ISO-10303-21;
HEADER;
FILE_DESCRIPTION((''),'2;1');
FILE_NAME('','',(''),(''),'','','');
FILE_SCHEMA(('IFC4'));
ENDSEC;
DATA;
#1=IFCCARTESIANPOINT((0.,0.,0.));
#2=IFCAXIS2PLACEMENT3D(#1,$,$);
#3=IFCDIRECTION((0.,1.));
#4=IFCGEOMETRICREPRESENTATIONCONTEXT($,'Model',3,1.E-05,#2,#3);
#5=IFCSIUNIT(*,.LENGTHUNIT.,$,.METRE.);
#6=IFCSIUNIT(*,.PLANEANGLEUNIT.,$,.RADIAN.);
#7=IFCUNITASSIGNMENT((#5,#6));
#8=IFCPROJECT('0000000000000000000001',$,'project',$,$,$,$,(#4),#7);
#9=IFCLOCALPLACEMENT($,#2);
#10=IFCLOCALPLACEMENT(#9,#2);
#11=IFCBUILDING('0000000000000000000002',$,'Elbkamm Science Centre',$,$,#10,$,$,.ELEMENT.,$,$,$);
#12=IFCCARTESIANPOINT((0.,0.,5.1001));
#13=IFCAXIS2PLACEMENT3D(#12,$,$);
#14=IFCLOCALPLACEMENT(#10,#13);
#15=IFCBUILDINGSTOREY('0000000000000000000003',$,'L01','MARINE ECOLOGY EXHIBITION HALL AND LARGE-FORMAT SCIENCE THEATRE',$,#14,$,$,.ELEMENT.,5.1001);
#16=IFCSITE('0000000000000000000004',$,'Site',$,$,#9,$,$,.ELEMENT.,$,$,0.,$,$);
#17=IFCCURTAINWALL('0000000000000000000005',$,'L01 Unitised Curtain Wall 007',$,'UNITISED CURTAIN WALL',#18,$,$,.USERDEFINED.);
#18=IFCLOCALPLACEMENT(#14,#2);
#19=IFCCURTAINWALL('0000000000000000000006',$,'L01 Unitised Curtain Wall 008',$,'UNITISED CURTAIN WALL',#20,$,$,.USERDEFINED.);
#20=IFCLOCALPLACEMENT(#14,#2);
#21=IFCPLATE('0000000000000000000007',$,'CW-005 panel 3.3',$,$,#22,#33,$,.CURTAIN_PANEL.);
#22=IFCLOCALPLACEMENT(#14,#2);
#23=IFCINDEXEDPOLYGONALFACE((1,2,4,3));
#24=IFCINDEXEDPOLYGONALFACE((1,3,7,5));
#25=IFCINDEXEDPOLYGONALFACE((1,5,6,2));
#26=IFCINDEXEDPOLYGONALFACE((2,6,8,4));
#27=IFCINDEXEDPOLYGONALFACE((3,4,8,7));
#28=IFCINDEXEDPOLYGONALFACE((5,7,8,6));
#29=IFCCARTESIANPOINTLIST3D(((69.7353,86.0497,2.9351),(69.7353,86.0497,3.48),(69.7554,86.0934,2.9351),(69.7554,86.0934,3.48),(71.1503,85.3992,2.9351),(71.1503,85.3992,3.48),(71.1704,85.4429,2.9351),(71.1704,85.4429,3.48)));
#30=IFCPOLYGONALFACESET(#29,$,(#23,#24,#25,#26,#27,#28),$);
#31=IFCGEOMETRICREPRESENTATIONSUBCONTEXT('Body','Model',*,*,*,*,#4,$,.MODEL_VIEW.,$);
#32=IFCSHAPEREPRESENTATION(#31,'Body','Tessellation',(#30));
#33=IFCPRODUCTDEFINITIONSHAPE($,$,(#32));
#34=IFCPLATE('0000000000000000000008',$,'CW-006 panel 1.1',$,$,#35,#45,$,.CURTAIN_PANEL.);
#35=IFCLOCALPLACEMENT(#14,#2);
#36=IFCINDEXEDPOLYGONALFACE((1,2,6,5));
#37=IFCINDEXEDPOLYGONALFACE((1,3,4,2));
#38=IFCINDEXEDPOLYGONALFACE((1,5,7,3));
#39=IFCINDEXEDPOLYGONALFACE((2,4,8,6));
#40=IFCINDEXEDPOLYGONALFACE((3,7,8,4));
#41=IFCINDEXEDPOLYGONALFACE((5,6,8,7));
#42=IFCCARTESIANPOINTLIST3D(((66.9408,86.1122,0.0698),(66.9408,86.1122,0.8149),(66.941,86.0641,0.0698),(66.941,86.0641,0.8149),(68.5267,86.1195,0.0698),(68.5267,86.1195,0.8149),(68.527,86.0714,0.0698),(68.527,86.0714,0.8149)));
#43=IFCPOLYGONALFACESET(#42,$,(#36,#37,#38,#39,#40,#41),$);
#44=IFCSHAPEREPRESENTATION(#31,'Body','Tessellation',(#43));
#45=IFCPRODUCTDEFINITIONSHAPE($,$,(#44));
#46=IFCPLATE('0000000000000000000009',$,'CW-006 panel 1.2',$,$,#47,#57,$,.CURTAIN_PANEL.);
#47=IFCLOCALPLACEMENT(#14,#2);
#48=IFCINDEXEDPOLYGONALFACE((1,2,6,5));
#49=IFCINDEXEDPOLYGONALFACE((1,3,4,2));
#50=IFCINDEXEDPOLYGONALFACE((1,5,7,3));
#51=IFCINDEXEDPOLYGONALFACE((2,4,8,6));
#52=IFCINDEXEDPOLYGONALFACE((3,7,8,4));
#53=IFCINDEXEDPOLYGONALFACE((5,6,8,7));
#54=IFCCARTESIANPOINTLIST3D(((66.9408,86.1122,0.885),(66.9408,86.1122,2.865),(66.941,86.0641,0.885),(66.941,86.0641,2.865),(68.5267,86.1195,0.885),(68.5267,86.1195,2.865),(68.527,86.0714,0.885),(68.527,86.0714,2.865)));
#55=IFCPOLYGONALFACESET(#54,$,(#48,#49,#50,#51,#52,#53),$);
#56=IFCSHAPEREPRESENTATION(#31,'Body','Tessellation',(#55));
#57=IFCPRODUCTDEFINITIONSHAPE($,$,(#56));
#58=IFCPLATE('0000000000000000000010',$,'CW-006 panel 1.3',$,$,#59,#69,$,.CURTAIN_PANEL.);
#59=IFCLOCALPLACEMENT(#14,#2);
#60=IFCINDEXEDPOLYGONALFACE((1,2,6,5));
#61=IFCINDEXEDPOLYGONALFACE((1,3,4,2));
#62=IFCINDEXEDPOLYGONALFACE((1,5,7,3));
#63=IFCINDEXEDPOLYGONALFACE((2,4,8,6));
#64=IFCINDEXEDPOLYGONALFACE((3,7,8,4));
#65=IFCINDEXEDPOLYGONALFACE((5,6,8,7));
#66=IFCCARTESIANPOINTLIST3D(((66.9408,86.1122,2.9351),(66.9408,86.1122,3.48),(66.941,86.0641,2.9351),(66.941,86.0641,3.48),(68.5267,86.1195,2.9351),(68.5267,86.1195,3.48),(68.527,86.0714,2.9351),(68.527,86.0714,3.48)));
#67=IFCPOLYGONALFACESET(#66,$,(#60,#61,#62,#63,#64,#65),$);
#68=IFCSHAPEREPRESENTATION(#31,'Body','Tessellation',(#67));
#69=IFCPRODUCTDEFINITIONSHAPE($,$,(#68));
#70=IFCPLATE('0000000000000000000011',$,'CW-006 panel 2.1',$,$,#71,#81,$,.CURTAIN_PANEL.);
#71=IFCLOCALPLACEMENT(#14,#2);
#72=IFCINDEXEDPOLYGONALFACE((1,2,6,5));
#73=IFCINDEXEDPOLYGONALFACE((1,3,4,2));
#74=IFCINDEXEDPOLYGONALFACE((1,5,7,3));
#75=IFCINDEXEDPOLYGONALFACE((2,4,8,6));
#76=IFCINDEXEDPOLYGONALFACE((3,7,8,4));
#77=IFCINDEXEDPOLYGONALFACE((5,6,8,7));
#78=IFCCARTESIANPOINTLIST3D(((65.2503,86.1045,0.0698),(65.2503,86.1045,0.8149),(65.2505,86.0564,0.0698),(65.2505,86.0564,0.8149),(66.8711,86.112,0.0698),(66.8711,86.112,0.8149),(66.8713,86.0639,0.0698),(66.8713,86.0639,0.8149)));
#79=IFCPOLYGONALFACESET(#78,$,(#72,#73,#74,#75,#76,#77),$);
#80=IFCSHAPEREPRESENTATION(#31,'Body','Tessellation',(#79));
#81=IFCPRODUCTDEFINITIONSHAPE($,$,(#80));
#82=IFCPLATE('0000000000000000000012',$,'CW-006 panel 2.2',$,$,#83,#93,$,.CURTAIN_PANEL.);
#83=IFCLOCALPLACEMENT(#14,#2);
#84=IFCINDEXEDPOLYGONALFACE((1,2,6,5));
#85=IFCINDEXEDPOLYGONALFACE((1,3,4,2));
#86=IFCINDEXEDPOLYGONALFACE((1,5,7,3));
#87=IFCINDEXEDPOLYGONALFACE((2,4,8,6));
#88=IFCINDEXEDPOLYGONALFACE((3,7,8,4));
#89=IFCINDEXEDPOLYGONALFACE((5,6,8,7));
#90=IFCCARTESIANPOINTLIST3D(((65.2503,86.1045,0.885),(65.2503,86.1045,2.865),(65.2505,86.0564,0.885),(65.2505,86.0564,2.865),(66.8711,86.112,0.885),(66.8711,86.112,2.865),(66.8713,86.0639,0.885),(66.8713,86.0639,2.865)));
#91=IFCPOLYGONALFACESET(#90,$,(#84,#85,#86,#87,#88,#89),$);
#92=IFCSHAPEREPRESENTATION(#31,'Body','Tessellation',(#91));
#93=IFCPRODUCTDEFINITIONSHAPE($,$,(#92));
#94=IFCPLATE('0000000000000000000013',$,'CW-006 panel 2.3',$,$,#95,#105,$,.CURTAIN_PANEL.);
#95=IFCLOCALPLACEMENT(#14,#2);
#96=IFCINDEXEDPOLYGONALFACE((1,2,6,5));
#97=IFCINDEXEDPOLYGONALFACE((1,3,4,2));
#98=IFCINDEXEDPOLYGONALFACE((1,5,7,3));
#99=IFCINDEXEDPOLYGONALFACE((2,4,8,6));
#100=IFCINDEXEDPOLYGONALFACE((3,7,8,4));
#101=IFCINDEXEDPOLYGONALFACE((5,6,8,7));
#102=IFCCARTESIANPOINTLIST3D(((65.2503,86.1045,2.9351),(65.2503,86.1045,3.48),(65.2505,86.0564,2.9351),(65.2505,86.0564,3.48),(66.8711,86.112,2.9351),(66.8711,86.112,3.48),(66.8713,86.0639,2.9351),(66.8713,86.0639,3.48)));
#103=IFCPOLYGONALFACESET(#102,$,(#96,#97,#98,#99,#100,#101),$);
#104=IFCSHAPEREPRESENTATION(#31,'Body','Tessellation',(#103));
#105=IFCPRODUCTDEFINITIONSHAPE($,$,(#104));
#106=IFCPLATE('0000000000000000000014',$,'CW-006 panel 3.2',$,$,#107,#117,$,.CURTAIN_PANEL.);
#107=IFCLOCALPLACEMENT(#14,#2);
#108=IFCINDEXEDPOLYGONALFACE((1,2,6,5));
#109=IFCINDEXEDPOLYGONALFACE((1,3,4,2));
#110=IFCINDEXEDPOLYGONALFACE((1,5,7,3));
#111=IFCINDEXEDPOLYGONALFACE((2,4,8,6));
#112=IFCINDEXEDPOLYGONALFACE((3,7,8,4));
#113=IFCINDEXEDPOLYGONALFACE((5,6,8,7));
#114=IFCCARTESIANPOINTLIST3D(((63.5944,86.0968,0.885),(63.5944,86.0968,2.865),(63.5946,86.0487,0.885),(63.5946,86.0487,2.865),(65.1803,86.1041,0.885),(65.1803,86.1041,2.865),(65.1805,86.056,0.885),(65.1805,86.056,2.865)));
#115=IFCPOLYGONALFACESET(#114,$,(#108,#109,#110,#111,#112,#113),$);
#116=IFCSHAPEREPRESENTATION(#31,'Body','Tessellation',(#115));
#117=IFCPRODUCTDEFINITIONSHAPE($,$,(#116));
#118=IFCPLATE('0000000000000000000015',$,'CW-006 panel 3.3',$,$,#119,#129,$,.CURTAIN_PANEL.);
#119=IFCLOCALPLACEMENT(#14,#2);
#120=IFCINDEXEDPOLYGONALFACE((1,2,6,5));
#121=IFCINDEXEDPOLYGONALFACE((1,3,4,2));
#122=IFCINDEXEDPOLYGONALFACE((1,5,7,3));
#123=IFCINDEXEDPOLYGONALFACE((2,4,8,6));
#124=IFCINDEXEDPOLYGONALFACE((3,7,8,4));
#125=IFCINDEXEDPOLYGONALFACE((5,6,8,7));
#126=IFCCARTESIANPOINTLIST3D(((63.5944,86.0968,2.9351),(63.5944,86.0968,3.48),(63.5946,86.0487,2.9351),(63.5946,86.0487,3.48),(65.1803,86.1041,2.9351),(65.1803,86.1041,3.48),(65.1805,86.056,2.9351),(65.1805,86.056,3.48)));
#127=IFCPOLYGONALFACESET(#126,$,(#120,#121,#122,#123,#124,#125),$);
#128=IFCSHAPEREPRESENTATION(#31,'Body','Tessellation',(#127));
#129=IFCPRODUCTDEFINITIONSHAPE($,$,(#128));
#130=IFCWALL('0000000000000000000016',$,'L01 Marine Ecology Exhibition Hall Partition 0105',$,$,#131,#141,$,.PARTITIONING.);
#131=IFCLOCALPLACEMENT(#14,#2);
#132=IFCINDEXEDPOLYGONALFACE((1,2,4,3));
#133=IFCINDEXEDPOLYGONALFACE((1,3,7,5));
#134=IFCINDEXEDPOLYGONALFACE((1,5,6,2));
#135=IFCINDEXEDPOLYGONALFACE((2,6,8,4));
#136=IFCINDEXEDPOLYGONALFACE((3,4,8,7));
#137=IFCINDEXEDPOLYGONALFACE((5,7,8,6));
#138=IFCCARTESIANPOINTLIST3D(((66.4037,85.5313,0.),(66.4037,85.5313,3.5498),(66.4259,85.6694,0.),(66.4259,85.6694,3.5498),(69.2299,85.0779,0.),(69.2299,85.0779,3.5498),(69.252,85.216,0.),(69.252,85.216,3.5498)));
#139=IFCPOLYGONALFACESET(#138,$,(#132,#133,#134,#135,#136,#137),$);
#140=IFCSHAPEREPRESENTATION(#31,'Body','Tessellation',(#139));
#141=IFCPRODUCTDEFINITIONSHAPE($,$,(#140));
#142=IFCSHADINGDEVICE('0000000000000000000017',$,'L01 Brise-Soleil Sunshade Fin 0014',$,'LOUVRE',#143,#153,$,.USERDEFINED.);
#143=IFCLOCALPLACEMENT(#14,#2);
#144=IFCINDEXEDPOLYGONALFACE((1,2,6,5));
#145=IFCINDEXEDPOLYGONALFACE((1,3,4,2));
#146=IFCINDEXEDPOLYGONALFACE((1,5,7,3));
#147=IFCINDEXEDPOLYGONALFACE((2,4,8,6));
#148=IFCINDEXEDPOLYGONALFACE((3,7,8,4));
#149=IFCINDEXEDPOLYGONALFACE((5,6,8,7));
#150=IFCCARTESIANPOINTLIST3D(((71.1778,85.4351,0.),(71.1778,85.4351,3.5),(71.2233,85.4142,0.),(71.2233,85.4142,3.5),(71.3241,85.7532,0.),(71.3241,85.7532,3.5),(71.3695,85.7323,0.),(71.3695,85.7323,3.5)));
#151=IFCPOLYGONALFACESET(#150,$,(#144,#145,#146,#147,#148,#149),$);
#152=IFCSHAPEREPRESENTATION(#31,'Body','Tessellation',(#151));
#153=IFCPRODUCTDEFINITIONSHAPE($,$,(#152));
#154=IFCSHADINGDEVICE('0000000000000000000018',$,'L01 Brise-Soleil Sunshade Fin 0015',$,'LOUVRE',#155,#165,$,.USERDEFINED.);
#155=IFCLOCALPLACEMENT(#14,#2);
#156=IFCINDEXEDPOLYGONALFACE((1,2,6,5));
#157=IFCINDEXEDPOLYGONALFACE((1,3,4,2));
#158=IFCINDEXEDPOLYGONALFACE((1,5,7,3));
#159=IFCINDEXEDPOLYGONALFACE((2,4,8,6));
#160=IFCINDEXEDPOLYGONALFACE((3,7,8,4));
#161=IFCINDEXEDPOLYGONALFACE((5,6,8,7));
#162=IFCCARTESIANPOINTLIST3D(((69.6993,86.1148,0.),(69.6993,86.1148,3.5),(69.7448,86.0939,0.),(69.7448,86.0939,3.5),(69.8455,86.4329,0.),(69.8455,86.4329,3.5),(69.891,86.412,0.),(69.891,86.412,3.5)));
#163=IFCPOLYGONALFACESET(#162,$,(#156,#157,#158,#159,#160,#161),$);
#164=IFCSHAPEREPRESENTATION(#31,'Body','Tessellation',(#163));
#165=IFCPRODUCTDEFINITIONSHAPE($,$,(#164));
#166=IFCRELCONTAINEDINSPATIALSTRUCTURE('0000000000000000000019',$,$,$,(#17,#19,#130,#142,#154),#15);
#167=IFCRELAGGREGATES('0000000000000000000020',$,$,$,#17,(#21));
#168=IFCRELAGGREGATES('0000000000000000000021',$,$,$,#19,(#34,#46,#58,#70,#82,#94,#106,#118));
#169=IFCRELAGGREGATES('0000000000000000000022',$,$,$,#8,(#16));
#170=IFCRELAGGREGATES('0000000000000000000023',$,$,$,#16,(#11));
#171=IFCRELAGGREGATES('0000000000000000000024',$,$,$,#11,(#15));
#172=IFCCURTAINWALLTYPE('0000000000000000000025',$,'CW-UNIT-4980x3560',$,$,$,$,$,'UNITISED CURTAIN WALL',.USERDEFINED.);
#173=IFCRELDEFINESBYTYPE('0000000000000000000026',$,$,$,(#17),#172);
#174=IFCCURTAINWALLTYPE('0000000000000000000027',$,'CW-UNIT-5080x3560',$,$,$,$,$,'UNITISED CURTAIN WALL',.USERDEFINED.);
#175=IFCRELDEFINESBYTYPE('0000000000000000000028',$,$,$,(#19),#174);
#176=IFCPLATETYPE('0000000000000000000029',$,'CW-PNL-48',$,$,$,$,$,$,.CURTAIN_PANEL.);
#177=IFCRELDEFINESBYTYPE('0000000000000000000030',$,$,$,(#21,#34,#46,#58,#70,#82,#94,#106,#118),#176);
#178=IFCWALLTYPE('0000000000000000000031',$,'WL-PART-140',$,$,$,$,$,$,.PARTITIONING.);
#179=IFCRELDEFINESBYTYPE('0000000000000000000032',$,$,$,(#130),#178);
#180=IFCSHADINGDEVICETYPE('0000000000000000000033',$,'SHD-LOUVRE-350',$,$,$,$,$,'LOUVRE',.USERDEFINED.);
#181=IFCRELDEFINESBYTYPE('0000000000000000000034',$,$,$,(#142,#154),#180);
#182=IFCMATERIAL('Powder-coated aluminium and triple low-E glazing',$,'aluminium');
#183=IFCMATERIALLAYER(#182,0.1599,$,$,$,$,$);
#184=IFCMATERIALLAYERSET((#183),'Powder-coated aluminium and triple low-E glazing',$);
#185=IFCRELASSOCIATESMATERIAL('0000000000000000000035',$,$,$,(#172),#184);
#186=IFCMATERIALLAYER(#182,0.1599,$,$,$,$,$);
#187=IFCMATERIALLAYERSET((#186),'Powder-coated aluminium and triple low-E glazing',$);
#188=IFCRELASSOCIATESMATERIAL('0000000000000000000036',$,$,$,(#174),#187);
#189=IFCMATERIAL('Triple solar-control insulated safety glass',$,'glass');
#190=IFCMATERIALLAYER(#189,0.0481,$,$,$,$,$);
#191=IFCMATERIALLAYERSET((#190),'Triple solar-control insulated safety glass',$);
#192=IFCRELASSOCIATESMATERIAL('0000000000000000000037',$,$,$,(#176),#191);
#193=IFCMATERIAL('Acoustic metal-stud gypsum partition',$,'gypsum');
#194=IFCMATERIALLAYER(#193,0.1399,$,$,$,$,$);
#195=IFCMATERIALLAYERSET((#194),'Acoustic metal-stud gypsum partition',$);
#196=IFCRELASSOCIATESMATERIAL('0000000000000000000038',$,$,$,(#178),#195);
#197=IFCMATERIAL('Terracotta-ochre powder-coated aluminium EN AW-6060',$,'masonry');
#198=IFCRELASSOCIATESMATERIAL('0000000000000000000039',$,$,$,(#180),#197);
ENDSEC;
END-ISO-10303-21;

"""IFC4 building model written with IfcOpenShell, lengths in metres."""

from ifc_helpers import new_model, si_unit, direction, frame, frame_2d, origin, origin_2d, place, context, subcontext, project, spatial, rectangle, extrude, material, layer, layer_set, type_object, element, aggregate, save


model = new_model("IFC4")

# Units and contexts
model_context = context("Model", 3, precision=1e-05, world=origin(), true_north=direction((0.0, 1.0)))
body_context = subcontext(model_context, "Body", "Model", "MODEL_VIEW")
ifc_project = project(units=[si_unit("LENGTHUNIT", "METRE"), si_unit("PLANEANGLEUNIT", "RADIAN")], contexts=[model_context])

# Site, building, storey
site_placement = place(None, origin())
site = spatial("IfcSite", under=ifc_project, at=site_placement, Name="Site", CompositionType="ELEMENT", RefElevation=0.0)
building_placement = place(site_placement, origin())
building = spatial("IfcBuilding", under=site, at=building_placement, Name="Elbkamm Science Centre", CompositionType="ELEMENT")
storey_placement = place(building_placement, frame((0.0, 0.0, 5.1001)))
storey = spatial("IfcBuildingStorey", under=building, at=storey_placement, Name="L01", Description="MARINE ECOLOGY EXHIBITION HALL AND LARGE-FORMAT SCIENCE THEATRE", CompositionType="ELEMENT", Elevation=5.1001)

# Curtain wall
ifc_material_1 = material(Name="Powder-coated aluminium and triple low-E glazing", Category="aluminium")
ifc_layer_1 = layer(ifc_material_1, 0.1599)
ifc_layer_set_1 = layer_set([ifc_layer_1], Name="Powder-coated aluminium and triple low-E glazing")
curtain_wall_type_1 = type_object("IfcCurtainWallType", Name="CW-UNIT-4980x3560", ElementType="UNITISED CURTAIN WALL", PredefinedType="USERDEFINED", material=ifc_layer_set_1)
curtain_wall_1_placement = place(storey_placement, origin())
curtain_wall_1 = element("IfcCurtainWall", 1, at=curtain_wall_1_placement, inside=storey, type_object=curtain_wall_type_1, Name="L01 Unitised Curtain Wall 007", ObjectType="UNITISED CURTAIN WALL", PredefinedType="USERDEFINED")

# Curtain wall
ifc_layer_2 = layer(ifc_material_1, 0.1599)
ifc_layer_set_2 = layer_set([ifc_layer_2], Name="Powder-coated aluminium and triple low-E glazing")
curtain_wall_type_2 = type_object("IfcCurtainWallType", Name="CW-UNIT-5080x3560", ElementType="UNITISED CURTAIN WALL", PredefinedType="USERDEFINED", material=ifc_layer_set_2)
curtain_wall_2_placement = place(storey_placement, origin())
curtain_wall_2 = element("IfcCurtainWall", 2, at=curtain_wall_2_placement, inside=storey, type_object=curtain_wall_type_2, Name="L01 Unitised Curtain Wall 008", ObjectType="UNITISED CURTAIN WALL", PredefinedType="USERDEFINED")

# Plates
ifc_material_2 = material(Name="Triple solar-control insulated safety glass", Category="glass")
ifc_layer_3 = layer(ifc_material_2, 0.0481)
ifc_layer_set_3 = layer_set([ifc_layer_3], Name="Triple solar-control insulated safety glass")
plate_type = type_object("IfcPlateType", Name="CW-PNL-48", PredefinedType="CURTAIN_PANEL", material=ifc_layer_set_3)
plate_1_placement = place(storey_placement, frame((70.4529, 85.7463, 2.9351), z_axis=(0.0, 0.0, 1.0), x_axis=(-0.908583, 0.417705, 0.0)))
plate_1 = element("IfcPlate", 3, at=plate_1_placement, type_object=plate_type, Name="CW-005 panel 3.3", PredefinedType="CURTAIN_PANEL", context=body_context, shape_type="SweptSolid", body=[
    extrude(rectangle(XDim=1.5574, YDim=0.0481, at=origin_2d()), origin(), (0.0, 0.0, 1.0), 0.5449),
])
aggregate(curtain_wall_1, [plate_1])
plate_2_placement = place(storey_placement, frame((67.7339, 86.0918, 0.0698), z_axis=(0.0, 0.0, 1.0), x_axis=(-0.999989, -0.004633, 0.0)))
plate_2 = element("IfcPlate", 4, at=plate_2_placement, type_object=plate_type, Name="CW-006 panel 1.1", PredefinedType="CURTAIN_PANEL", context=body_context, shape_type="SweptSolid", body=[
    extrude(rectangle(XDim=1.5859, YDim=0.0481, at=origin_2d()), origin(), (0.0, 0.0, 1.0), 0.7451),
])
plate_3_placement = place(storey_placement, frame((67.7339, 86.0918, 0.885), z_axis=(0.0, 0.0, 1.0), x_axis=(-0.999989, -0.004633, 0.0)))
plate_3 = element("IfcPlate", 5, at=plate_3_placement, type_object=plate_type, Name="CW-006 panel 1.2", PredefinedType="CURTAIN_PANEL", context=body_context, shape_type="SweptSolid", body=[
    extrude(rectangle(XDim=1.5859, YDim=0.0481, at=origin_2d()), origin(), (0.0, 0.0, 1.0), 1.98),
])
plate_4_placement = place(storey_placement, frame((67.7339, 86.0918, 2.9351), z_axis=(0.0, 0.0, 1.0), x_axis=(-0.999989, -0.004633, 0.0)))
plate_4 = element("IfcPlate", 6, at=plate_4_placement, type_object=plate_type, Name="CW-006 panel 1.3", PredefinedType="CURTAIN_PANEL", context=body_context, shape_type="SweptSolid", body=[
    extrude(rectangle(XDim=1.5859, YDim=0.0481, at=origin_2d()), origin(), (0.0, 0.0, 1.0), 0.5449),
])
plate_5_placement = place(storey_placement, frame((66.0608, 86.0842, 0.0698), z_axis=(0.0, 0.0, 1.0), x_axis=(-0.999989, -0.004633, 0.0)))
plate_5 = element("IfcPlate", 7, at=plate_5_placement, type_object=plate_type, Name="CW-006 panel 2.1", PredefinedType="CURTAIN_PANEL", context=body_context, shape_type="SweptSolid", body=[
    extrude(rectangle(XDim=1.6208, YDim=0.0481, at=origin_2d()), origin(), (0.0, 0.0, 1.0), 0.7451),
])
plate_6_placement = place(storey_placement, frame((66.0608, 86.0842, 0.885), z_axis=(0.0, 0.0, 1.0), x_axis=(-0.999989, -0.004633, 0.0)))
plate_6 = element("IfcPlate", 8, at=plate_6_placement, type_object=plate_type, Name="CW-006 panel 2.2", PredefinedType="CURTAIN_PANEL", context=body_context, shape_type="SweptSolid", body=[
    extrude(rectangle(XDim=1.6208, YDim=0.0481, at=origin_2d()), origin(), (0.0, 0.0, 1.0), 1.98),
])
plate_7_placement = place(storey_placement, frame((66.0608, 86.0842, 2.9351), z_axis=(0.0, 0.0, 1.0), x_axis=(-0.999989, -0.004633, 0.0)))
plate_7 = element("IfcPlate", 9, at=plate_7_placement, type_object=plate_type, Name="CW-006 panel 2.3", PredefinedType="CURTAIN_PANEL", context=body_context, shape_type="SweptSolid", body=[
    extrude(rectangle(XDim=1.6208, YDim=0.0481, at=origin_2d()), origin(), (0.0, 0.0, 1.0), 0.5449),
])
plate_8_placement = place(storey_placement, frame((64.3875, 86.0764, 0.885), z_axis=(0.0, 0.0, 1.0), x_axis=(-0.999989, -0.004633, 0.0)))
plate_8 = element("IfcPlate", 10, at=plate_8_placement, type_object=plate_type, Name="CW-006 panel 3.2", PredefinedType="CURTAIN_PANEL", context=body_context, shape_type="SweptSolid", body=[
    extrude(rectangle(XDim=1.5859, YDim=0.0481, at=origin_2d()), origin(), (0.0, 0.0, 1.0), 1.98),
])
plate_9_placement = place(storey_placement, frame((64.3875, 86.0764, 2.9351), z_axis=(0.0, 0.0, 1.0), x_axis=(-0.999989, -0.004633, 0.0)))
plate_9 = element("IfcPlate", 11, at=plate_9_placement, type_object=plate_type, Name="CW-006 panel 3.3", PredefinedType="CURTAIN_PANEL", context=body_context, shape_type="SweptSolid", body=[
    extrude(rectangle(XDim=1.5859, YDim=0.0481, at=origin_2d()), origin(), (0.0, 0.0, 1.0), 0.5449),
])
aggregate(curtain_wall_2, [plate_2, plate_3, plate_4, plate_5, plate_6, plate_7, plate_8, plate_9])

# Wall
ifc_material_3 = material(Name="Acoustic metal-stud gypsum partition", Category="gypsum")
ifc_layer_4 = layer(ifc_material_3, 0.1399)
ifc_layer_set_4 = layer_set([ifc_layer_4], Name="Acoustic metal-stud gypsum partition")
wall_type = type_object("IfcWallType", Name="WL-PART-140", PredefinedType="PARTITIONING", material=ifc_layer_set_4)
wall_placement = place(storey_placement, frame((66.4148, 85.6003, 0.0), z_axis=(0.0, 0.0, 1.0), x_axis=(0.987376, -0.158393, 0.0)))
element("IfcWall", 12, at=wall_placement, inside=storey, type_object=wall_type, Name="L01 Marine Ecology Exhibition Hall Partition 0105", PredefinedType="PARTITIONING", context=body_context, shape_type="SweptSolid", body=[
    extrude(rectangle(XDim=2.8623, YDim=0.1399, at=frame_2d((1.4312, 0.0))), origin(), (0.0, 0.0, 1.0), 3.5498),
])

# Shading devices
ifc_material_4 = material(Name="Terracotta-ochre powder-coated aluminium EN AW-6060", Category="masonry")
shading_device_type = type_object("IfcShadingDeviceType", Name="SHD-LOUVRE-350", ElementType="LOUVRE", PredefinedType="USERDEFINED", material=ifc_material_4)
for number, where, z_axis, x_axis, name in (
    (13, (71.2737, 85.5837, 0.0), (0.0, 0.0, 1.0), (0.417705, 0.908583, 0.0), "L01 Brise-Soleil Sunshade Fin 0014"),
    (14, (69.7952, 86.2634, 0.0), (0.0, 0.0, 1.0), (0.417705, 0.908583, 0.0), "L01 Brise-Soleil Sunshade Fin 0015"),
):
    element("IfcShadingDevice", number, at=place(storey_placement, frame(where, z_axis=z_axis, x_axis=x_axis)), inside=storey, type_object=shading_device_type, Name=name, ObjectType="LOUVRE", PredefinedType="USERDEFINED", context=body_context, shape_type="SweptSolid", body=[
        extrude(rectangle(XDim=0.3501, YDim=0.05, at=origin_2d()), origin(), (0.0, 0.0, 1.0), 3.5),
    ])

save(model, "model.ifc")
